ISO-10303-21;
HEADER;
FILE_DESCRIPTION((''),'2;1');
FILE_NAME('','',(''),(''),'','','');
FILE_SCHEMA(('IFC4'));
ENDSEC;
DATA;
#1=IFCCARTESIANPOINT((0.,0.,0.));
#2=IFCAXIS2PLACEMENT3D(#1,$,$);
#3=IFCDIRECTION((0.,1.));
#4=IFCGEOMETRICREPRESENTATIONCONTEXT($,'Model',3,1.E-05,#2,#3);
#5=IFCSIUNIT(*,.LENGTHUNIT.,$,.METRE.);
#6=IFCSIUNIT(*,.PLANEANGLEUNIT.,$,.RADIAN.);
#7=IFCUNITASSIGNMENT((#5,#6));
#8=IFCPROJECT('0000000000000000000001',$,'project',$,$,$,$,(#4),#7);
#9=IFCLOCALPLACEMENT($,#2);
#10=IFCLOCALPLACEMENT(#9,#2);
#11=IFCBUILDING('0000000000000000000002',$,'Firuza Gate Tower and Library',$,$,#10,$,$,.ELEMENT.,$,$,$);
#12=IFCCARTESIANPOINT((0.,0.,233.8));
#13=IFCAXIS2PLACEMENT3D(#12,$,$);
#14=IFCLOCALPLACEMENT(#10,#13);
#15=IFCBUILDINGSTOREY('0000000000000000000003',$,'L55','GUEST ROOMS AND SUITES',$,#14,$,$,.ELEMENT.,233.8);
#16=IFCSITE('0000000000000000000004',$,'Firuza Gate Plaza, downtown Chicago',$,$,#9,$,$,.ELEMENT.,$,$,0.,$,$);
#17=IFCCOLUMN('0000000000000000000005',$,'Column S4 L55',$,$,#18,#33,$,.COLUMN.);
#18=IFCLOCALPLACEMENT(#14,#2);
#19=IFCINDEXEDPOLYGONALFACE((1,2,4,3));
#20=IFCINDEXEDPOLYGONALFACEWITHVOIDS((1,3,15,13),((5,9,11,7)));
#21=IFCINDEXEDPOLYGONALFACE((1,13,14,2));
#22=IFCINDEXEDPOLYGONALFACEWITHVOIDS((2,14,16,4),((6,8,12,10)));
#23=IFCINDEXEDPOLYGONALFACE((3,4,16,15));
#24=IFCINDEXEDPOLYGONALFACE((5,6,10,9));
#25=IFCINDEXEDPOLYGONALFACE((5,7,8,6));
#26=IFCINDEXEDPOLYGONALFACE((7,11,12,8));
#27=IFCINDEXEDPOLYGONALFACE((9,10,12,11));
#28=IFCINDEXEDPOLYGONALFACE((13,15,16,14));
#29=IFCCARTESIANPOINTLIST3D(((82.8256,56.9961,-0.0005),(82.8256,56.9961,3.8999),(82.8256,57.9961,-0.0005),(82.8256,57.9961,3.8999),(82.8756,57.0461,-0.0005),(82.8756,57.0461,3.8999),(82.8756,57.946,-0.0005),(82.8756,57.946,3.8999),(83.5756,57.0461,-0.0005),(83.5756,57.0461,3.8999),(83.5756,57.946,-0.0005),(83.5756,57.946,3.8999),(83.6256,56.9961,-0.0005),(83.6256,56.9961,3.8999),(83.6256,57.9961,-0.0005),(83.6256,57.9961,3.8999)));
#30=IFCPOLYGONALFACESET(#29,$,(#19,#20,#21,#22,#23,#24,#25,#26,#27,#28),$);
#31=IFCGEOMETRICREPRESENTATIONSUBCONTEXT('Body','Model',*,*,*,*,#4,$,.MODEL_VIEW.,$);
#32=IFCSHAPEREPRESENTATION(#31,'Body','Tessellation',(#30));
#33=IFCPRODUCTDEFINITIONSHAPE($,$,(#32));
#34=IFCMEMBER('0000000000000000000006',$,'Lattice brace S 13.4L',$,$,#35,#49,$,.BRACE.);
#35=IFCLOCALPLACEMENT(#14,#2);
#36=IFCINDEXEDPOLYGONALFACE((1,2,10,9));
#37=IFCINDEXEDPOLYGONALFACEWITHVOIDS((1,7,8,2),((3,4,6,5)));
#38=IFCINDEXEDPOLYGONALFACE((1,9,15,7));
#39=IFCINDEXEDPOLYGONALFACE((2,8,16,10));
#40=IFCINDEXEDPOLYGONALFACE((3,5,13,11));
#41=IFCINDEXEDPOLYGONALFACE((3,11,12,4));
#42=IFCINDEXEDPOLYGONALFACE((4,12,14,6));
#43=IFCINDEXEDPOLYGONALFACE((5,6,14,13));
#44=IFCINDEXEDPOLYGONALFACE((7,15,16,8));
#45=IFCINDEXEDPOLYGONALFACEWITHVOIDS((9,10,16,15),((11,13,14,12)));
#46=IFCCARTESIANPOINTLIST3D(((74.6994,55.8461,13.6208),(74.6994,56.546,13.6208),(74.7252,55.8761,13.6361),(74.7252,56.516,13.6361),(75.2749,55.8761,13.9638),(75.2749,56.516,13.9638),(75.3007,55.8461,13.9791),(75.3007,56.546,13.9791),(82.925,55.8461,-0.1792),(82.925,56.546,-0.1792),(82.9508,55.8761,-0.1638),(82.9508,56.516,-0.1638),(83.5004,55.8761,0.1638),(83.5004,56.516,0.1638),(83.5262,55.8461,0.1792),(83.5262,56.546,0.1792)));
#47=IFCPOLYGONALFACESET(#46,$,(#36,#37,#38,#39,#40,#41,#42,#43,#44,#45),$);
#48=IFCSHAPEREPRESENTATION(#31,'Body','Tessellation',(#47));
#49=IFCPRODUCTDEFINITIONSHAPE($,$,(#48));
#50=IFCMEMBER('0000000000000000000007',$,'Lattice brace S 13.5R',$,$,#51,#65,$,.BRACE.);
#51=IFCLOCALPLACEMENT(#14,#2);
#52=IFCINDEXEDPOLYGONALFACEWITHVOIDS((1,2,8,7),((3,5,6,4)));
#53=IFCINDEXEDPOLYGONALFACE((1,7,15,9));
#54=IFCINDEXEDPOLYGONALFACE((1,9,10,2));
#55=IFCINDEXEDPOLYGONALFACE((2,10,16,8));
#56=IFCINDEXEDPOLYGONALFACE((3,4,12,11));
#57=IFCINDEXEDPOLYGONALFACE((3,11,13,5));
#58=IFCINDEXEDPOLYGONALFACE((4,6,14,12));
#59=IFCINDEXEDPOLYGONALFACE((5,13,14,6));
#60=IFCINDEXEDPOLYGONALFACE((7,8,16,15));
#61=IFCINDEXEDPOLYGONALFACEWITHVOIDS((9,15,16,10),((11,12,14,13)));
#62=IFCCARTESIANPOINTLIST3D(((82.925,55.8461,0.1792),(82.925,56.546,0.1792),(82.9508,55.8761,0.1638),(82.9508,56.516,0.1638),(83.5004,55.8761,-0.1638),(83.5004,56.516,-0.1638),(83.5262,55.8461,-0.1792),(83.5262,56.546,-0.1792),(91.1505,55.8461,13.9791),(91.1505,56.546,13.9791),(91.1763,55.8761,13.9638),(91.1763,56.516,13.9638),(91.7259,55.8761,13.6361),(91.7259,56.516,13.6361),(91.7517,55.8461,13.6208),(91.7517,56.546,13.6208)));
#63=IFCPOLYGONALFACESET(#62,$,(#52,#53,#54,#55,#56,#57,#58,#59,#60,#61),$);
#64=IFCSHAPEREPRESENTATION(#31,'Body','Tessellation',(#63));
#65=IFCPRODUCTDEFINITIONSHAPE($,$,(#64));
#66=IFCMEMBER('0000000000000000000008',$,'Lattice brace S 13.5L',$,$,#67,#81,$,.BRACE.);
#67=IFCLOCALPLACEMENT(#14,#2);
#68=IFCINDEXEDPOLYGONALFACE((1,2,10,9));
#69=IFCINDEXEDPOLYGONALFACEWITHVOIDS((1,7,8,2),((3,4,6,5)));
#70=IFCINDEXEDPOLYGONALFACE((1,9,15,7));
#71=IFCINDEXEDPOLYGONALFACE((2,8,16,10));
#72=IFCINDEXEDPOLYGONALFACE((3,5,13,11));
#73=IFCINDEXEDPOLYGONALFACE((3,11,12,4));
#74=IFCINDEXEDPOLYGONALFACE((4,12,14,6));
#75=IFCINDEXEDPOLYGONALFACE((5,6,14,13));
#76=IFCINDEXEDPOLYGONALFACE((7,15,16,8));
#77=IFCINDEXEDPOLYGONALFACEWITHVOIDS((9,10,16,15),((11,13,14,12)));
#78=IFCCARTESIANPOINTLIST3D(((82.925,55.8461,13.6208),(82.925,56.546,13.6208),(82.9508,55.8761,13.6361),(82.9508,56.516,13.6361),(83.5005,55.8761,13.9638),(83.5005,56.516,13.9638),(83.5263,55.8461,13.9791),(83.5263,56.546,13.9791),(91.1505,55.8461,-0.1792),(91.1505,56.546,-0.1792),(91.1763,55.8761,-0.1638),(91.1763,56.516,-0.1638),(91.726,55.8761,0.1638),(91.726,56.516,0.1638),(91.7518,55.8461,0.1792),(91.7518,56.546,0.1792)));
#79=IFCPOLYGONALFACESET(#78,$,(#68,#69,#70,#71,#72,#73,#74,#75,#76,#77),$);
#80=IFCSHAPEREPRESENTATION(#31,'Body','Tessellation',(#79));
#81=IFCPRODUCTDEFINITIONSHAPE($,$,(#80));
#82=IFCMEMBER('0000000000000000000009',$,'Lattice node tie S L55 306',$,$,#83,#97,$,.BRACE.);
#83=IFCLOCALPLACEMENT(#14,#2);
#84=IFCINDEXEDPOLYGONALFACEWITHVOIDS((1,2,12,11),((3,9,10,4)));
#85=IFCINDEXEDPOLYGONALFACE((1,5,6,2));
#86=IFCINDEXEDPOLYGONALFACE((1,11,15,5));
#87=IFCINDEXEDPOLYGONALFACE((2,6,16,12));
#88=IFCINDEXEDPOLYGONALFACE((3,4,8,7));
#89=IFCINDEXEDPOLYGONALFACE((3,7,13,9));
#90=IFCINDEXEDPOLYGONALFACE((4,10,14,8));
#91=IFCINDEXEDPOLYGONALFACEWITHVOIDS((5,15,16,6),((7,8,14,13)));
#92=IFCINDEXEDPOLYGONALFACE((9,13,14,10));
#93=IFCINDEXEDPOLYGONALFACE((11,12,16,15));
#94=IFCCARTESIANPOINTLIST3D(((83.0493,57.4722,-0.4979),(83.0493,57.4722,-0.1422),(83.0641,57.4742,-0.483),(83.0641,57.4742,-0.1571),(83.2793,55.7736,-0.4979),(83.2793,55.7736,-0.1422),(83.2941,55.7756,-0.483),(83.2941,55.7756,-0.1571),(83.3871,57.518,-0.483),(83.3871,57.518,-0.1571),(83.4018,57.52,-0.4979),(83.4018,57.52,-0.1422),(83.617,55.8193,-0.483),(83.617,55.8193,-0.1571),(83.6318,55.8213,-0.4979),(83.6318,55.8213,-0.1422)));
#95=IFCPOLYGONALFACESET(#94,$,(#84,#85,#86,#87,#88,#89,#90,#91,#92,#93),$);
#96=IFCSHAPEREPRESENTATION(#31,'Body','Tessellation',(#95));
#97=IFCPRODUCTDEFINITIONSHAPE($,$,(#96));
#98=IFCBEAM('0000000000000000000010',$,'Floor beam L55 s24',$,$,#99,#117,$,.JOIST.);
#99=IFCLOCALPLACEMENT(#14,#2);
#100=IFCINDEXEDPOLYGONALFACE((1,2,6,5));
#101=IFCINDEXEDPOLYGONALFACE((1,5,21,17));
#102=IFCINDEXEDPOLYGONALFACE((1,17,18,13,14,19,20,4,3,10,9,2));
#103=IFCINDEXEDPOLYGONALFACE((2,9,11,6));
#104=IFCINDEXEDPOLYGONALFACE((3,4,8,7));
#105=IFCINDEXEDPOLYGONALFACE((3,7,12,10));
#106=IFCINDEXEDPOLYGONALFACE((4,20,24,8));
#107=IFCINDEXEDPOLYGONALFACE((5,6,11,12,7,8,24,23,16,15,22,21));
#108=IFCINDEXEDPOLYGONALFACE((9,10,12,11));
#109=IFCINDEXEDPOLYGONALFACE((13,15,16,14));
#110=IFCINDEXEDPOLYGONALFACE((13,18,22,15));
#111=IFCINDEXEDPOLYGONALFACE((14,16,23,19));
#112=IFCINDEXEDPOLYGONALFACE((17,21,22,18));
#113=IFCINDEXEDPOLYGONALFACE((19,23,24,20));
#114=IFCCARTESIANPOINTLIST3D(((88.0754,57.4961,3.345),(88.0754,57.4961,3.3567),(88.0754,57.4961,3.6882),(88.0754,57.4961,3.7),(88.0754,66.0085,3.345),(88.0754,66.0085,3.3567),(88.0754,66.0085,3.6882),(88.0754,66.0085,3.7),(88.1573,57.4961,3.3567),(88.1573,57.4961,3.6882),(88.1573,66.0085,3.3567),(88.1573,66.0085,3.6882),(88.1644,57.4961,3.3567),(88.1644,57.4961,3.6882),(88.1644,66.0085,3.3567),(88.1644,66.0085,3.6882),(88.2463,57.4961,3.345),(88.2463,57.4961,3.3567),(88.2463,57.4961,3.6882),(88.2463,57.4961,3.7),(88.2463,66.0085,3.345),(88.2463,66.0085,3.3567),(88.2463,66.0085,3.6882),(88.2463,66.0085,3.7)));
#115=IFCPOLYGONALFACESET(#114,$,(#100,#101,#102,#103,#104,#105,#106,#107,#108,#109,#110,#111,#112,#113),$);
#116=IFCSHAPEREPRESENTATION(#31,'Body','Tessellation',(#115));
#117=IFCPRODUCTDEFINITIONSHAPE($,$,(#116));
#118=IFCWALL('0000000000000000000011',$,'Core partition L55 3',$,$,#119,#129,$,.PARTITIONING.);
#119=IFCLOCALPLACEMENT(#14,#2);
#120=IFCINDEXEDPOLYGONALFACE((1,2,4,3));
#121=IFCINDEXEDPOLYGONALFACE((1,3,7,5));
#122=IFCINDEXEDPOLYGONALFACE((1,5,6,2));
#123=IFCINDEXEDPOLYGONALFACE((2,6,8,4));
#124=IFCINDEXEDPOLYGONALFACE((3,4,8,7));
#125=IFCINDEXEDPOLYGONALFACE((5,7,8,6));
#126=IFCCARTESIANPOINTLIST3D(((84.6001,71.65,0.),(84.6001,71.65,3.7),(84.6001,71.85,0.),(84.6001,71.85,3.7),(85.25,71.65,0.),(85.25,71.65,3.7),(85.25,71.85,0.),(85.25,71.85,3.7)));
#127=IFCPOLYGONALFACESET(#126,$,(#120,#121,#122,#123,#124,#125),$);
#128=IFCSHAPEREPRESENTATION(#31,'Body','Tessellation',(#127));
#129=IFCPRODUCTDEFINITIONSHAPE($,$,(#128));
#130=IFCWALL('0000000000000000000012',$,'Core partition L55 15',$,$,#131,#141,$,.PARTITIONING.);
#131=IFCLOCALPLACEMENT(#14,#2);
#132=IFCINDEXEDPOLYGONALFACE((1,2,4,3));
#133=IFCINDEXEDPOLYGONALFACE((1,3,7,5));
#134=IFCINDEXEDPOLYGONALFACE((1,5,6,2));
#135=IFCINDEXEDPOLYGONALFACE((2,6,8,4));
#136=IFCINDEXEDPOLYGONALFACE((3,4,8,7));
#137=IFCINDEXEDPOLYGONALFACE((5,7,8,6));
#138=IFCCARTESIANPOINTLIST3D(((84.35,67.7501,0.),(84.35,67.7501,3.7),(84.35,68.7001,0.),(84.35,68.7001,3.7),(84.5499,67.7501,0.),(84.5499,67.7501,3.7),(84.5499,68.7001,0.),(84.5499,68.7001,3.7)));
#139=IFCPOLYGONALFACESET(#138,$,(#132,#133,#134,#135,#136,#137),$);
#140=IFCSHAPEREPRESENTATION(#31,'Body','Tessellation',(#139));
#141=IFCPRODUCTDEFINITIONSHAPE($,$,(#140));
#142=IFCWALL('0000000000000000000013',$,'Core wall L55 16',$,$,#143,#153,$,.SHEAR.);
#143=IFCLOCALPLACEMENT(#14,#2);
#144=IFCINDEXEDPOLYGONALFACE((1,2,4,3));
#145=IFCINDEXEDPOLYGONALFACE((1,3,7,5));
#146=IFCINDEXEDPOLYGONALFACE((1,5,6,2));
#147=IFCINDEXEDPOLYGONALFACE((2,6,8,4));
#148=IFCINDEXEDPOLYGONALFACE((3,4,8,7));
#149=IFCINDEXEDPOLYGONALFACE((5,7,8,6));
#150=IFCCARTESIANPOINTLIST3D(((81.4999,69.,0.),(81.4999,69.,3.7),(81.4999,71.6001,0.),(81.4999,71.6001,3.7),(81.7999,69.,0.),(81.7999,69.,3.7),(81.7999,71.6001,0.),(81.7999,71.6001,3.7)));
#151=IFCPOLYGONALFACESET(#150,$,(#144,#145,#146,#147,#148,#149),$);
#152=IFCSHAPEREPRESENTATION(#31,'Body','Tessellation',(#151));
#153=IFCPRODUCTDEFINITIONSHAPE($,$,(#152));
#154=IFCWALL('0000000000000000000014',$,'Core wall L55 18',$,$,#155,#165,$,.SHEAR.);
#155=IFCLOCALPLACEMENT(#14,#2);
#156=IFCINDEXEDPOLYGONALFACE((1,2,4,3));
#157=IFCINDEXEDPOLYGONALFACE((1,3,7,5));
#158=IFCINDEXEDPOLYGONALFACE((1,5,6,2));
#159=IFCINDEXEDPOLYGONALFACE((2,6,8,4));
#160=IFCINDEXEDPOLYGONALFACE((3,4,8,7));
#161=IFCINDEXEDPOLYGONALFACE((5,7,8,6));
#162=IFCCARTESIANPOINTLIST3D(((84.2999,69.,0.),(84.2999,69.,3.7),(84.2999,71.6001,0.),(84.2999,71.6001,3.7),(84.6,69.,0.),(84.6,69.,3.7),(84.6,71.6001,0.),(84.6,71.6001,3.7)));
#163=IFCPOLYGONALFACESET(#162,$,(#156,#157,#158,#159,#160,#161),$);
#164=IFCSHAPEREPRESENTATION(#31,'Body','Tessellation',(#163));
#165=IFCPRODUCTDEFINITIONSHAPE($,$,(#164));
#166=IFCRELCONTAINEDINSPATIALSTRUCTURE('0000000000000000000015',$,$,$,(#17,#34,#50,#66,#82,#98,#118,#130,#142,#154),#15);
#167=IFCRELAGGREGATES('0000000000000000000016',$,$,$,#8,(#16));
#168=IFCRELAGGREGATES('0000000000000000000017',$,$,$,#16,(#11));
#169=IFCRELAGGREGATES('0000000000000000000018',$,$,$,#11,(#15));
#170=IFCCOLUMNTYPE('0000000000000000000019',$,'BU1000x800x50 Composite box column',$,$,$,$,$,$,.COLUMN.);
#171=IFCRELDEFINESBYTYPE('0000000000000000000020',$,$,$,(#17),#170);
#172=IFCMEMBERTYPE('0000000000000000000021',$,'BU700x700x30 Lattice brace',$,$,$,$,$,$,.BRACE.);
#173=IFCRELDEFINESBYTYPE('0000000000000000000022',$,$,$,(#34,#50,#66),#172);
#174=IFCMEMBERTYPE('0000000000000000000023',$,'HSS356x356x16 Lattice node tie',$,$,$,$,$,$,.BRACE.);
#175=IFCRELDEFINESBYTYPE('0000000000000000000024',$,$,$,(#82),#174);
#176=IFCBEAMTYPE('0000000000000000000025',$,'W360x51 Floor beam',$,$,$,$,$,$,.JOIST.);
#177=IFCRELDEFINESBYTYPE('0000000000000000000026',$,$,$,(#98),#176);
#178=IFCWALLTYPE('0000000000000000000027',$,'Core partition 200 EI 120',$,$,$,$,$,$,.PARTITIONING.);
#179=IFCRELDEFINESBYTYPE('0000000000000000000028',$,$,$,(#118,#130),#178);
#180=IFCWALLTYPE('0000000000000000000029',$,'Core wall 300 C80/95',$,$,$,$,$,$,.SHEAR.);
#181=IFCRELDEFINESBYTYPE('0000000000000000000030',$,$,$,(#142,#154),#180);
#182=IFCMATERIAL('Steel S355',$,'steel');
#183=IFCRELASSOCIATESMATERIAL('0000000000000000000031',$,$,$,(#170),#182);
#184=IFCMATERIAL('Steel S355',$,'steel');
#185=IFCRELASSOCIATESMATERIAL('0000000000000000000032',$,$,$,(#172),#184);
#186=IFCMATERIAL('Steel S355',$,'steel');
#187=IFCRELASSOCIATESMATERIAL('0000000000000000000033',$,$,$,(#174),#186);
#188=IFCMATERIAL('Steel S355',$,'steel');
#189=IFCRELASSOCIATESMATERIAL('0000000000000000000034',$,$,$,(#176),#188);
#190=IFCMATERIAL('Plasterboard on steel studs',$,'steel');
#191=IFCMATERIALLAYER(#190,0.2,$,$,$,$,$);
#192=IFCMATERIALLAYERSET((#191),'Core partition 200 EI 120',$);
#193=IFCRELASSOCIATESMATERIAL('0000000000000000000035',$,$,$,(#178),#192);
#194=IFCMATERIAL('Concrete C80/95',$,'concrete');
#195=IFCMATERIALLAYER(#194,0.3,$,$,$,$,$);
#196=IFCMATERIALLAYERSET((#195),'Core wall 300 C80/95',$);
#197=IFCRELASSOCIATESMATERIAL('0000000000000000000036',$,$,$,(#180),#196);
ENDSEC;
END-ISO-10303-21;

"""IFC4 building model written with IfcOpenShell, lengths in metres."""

from ifc_helpers import new_model, si_unit, direction, frame, frame_2d, origin, origin_2d, place, context, subcontext, project, spatial, rectangle, hollow_rectangle, i_section, extrude, material, layer, layer_set, material_profile, profile_set, type_object, element, save


model = new_model("IFC4")

# Units and contexts
model_context = context("Model", 3, precision=1e-05, world=origin(), true_north=direction((0.0, 1.0)))
body_context = subcontext(model_context, "Body", "Model", "MODEL_VIEW")
ifc_project = project(units=[si_unit("LENGTHUNIT", "METRE"), si_unit("PLANEANGLEUNIT", "RADIAN")], contexts=[model_context])

# Site, building, storey
site_placement = place(None, origin())
site = spatial("IfcSite", under=ifc_project, at=site_placement, Name="Firuza Gate Plaza, downtown Chicago", CompositionType="ELEMENT", RefElevation=0.0)
building_placement = place(site_placement, origin())
building = spatial("IfcBuilding", under=site, at=building_placement, Name="Firuza Gate Tower and Library", CompositionType="ELEMENT")
storey_placement = place(building_placement, frame((0.0, 0.0, 233.8)))
storey = spatial("IfcBuildingStorey", under=building, at=storey_placement, Name="L55", Description="GUEST ROOMS AND SUITES", CompositionType="ELEMENT", Elevation=233.8)

# Column
ifc_material_1 = material(Name="Steel S355", Category="steel")
ifc_material_profile_1 = material_profile(ifc_material_1, hollow_rectangle(XDim=0.8, YDim=1.0, WallThickness=0.05, at=origin_2d()))
ifc_profile_set_1 = profile_set([ifc_material_profile_1], Name="Steel S355")
column_type = type_object("IfcColumnType", Name="BU1000x800x50 Composite box column", PredefinedType="COLUMN", material=ifc_profile_set_1)
column_placement = place(storey_placement, frame((83.2256, 57.4961, -0.0005), z_axis=(0.0, 0.0, 1.0), x_axis=(1.0, 0.0, 0.0)))
element("IfcColumn", 1, at=column_placement, inside=storey, type_object=column_type, Name="Column S4 L55", PredefinedType="COLUMN", context=body_context, shape_type="SweptSolid", body=[
    extrude(hollow_rectangle(XDim=0.8, YDim=1.0, WallThickness=0.05, at=origin_2d()), origin(), (0.0, 0.0, 1.0), 3.9004),
])

# Members
ifc_material_2 = material(Name="Steel S355", Category="steel")
ifc_material_profile_2 = material_profile(ifc_material_2, hollow_rectangle(XDim=0.7, YDim=0.7, WallThickness=0.03, at=origin_2d()))
ifc_profile_set_2 = profile_set([ifc_material_profile_2], Name="Steel S355")
member_type_1 = type_object("IfcMemberType", Name="BU700x700x30 Lattice brace", PredefinedType="BRACE", material=ifc_profile_set_2)
for number, where, z_axis, x_axis, name in (
    (2, (83.2256, 56.196, 0.0), (-0.512002, 0.0, 0.858984), (0.0, -1.0, 0.0), "Lattice brace S 13.4L"),
    (3, (83.2256, 56.196, 0.0), (0.512002, 0.0, 0.858984), (0.0, 1.0, 0.0), "Lattice brace S 13.5R"),
    (4, (91.4512, 56.196, 0.0), (-0.512002, 0.0, 0.858984), (0.0, -1.0, 0.0), "Lattice brace S 13.5L"),
):
    element("IfcMember", number, at=place(storey_placement, frame(where, z_axis=z_axis, x_axis=x_axis)), inside=storey, type_object=member_type_1, Name=name, PredefinedType="BRACE", context=body_context, shape_type="SweptSolid", body=[
        extrude(hollow_rectangle(XDim=0.7, YDim=0.7, WallThickness=0.03, at=origin_2d()), origin(), (0.0, 0.0, 1.0), 16.0654),
    ])
ifc_material_3 = material(Name="Steel S355", Category="steel")
ifc_material_profile_3 = material_profile(ifc_material_3, hollow_rectangle(XDim=0.3557, YDim=0.3557, WallThickness=0.0149, at=origin_2d()))
ifc_profile_set_3 = profile_set([ifc_material_profile_3], Name="Steel S355")
member_type_2 = type_object("IfcMemberType", Name="HSS356x356x16 Lattice node tie", PredefinedType="BRACE", material=ifc_profile_set_3)
member_placement = place(storey_placement, frame((83.2256, 57.4961, -0.3201), z_axis=(0.13416, -0.99096, 0.0), x_axis=(0.99096, 0.13416, 0.0)))
element("IfcMember", 5, at=member_placement, inside=storey, type_object=member_type_2, Name="Lattice node tie S L55 306", PredefinedType="BRACE", context=body_context, shape_type="SweptSolid", body=[
    extrude(hollow_rectangle(XDim=0.3557, YDim=0.3557, WallThickness=0.0149, at=origin_2d()), origin(), (0.0, 0.0, 1.0), 1.7141),
])

# Beam
ifc_material_4 = material(Name="Steel S355", Category="steel")
ifc_material_profile_4 = material_profile(ifc_material_4, i_section(OverallWidth=0.1709, OverallDepth=0.355, WebThickness=0.0071, FlangeThickness=0.0117, at=origin_2d()))
ifc_profile_set_4 = profile_set([ifc_material_profile_4], Name="Steel S355")
beam_type = type_object("IfcBeamType", Name="W360x51 Floor beam", PredefinedType="JOIST", material=ifc_profile_set_4)
beam_placement = place(storey_placement, frame((88.1609, 57.4961, 3.5225), z_axis=(0.0, 1.0, 0.0), x_axis=(-1.0, 0.0, 0.0)))
element("IfcBeam", 6, at=beam_placement, inside=storey, type_object=beam_type, Name="Floor beam L55 s24", PredefinedType="JOIST", context=body_context, shape_type="SweptSolid", body=[
    extrude(i_section(OverallWidth=0.1709, OverallDepth=0.355, WebThickness=0.0071, FlangeThickness=0.0117, at=origin_2d()), origin(), (0.0, 0.0, 1.0), 8.5125),
])

# Walls
ifc_material_5 = material(Name="Plasterboard on steel studs", Category="steel")
ifc_layer_1 = layer(ifc_material_5, 0.2)
ifc_layer_set_1 = layer_set([ifc_layer_1], Name="Core partition 200 EI 120")
wall_type_1 = type_object("IfcWallType", Name="Core partition 200 EI 120", PredefinedType="PARTITIONING", material=ifc_layer_set_1)
wall_1_placement = place(storey_placement, frame((84.6001, 71.75, 0.0), z_axis=(0.0, 0.0, 1.0), x_axis=(1.0, 0.0, 0.0)))
element("IfcWall", 7, at=wall_1_placement, inside=storey, type_object=wall_type_1, Name="Core partition L55 3", PredefinedType="PARTITIONING", context=body_context, shape_type="SweptSolid", body=[
    extrude(rectangle(XDim=0.6499, YDim=0.2, at=frame_2d((0.325, 0.0))), origin(), (0.0, 0.0, 1.0), 3.7),
])
wall_2_placement = place(storey_placement, frame((84.45, 67.75, 0.0), z_axis=(0.0, 0.0, 1.0), x_axis=(0.0, 1.0, 0.0)))
element("IfcWall", 8, at=wall_2_placement, inside=storey, type_object=wall_type_1, Name="Core partition L55 15", PredefinedType="PARTITIONING", context=body_context, shape_type="SweptSolid", body=[
    extrude(rectangle(XDim=0.95, YDim=0.2, at=frame_2d((0.4751, 0.0))), origin(), (0.0, 0.0, 1.0), 3.7),
])
ifc_material_6 = material(Name="Concrete C80/95", Category="concrete")
ifc_layer_2 = layer(ifc_material_6, 0.3)
ifc_layer_set_2 = layer_set([ifc_layer_2], Name="Core wall 300 C80/95")
wall_type_2 = type_object("IfcWallType", Name="Core wall 300 C80/95", PredefinedType="SHEAR", material=ifc_layer_set_2)
for number, where, z_axis, x_axis, name in (
    (9, (81.6499, 69.0, 0.0), (0.0, 0.0, 1.0), (0.0, 1.0, 0.0), "Core wall L55 16"),
    (10, (84.45, 69.0, 0.0), (0.0, 0.0, 1.0), (0.0, 1.0, 0.0), "Core wall L55 18"),
):
    element("IfcWall", number, at=place(storey_placement, frame(where, z_axis=z_axis, x_axis=x_axis)), inside=storey, type_object=wall_type_2, Name=name, PredefinedType="SHEAR", context=body_context, shape_type="SweptSolid", body=[
        extrude(rectangle(XDim=2.6001, YDim=0.3, at=frame_2d((1.3, 0.0))), origin(), (0.0, 0.0, 1.0), 3.7),
    ])

save(model, "model.ifc")
